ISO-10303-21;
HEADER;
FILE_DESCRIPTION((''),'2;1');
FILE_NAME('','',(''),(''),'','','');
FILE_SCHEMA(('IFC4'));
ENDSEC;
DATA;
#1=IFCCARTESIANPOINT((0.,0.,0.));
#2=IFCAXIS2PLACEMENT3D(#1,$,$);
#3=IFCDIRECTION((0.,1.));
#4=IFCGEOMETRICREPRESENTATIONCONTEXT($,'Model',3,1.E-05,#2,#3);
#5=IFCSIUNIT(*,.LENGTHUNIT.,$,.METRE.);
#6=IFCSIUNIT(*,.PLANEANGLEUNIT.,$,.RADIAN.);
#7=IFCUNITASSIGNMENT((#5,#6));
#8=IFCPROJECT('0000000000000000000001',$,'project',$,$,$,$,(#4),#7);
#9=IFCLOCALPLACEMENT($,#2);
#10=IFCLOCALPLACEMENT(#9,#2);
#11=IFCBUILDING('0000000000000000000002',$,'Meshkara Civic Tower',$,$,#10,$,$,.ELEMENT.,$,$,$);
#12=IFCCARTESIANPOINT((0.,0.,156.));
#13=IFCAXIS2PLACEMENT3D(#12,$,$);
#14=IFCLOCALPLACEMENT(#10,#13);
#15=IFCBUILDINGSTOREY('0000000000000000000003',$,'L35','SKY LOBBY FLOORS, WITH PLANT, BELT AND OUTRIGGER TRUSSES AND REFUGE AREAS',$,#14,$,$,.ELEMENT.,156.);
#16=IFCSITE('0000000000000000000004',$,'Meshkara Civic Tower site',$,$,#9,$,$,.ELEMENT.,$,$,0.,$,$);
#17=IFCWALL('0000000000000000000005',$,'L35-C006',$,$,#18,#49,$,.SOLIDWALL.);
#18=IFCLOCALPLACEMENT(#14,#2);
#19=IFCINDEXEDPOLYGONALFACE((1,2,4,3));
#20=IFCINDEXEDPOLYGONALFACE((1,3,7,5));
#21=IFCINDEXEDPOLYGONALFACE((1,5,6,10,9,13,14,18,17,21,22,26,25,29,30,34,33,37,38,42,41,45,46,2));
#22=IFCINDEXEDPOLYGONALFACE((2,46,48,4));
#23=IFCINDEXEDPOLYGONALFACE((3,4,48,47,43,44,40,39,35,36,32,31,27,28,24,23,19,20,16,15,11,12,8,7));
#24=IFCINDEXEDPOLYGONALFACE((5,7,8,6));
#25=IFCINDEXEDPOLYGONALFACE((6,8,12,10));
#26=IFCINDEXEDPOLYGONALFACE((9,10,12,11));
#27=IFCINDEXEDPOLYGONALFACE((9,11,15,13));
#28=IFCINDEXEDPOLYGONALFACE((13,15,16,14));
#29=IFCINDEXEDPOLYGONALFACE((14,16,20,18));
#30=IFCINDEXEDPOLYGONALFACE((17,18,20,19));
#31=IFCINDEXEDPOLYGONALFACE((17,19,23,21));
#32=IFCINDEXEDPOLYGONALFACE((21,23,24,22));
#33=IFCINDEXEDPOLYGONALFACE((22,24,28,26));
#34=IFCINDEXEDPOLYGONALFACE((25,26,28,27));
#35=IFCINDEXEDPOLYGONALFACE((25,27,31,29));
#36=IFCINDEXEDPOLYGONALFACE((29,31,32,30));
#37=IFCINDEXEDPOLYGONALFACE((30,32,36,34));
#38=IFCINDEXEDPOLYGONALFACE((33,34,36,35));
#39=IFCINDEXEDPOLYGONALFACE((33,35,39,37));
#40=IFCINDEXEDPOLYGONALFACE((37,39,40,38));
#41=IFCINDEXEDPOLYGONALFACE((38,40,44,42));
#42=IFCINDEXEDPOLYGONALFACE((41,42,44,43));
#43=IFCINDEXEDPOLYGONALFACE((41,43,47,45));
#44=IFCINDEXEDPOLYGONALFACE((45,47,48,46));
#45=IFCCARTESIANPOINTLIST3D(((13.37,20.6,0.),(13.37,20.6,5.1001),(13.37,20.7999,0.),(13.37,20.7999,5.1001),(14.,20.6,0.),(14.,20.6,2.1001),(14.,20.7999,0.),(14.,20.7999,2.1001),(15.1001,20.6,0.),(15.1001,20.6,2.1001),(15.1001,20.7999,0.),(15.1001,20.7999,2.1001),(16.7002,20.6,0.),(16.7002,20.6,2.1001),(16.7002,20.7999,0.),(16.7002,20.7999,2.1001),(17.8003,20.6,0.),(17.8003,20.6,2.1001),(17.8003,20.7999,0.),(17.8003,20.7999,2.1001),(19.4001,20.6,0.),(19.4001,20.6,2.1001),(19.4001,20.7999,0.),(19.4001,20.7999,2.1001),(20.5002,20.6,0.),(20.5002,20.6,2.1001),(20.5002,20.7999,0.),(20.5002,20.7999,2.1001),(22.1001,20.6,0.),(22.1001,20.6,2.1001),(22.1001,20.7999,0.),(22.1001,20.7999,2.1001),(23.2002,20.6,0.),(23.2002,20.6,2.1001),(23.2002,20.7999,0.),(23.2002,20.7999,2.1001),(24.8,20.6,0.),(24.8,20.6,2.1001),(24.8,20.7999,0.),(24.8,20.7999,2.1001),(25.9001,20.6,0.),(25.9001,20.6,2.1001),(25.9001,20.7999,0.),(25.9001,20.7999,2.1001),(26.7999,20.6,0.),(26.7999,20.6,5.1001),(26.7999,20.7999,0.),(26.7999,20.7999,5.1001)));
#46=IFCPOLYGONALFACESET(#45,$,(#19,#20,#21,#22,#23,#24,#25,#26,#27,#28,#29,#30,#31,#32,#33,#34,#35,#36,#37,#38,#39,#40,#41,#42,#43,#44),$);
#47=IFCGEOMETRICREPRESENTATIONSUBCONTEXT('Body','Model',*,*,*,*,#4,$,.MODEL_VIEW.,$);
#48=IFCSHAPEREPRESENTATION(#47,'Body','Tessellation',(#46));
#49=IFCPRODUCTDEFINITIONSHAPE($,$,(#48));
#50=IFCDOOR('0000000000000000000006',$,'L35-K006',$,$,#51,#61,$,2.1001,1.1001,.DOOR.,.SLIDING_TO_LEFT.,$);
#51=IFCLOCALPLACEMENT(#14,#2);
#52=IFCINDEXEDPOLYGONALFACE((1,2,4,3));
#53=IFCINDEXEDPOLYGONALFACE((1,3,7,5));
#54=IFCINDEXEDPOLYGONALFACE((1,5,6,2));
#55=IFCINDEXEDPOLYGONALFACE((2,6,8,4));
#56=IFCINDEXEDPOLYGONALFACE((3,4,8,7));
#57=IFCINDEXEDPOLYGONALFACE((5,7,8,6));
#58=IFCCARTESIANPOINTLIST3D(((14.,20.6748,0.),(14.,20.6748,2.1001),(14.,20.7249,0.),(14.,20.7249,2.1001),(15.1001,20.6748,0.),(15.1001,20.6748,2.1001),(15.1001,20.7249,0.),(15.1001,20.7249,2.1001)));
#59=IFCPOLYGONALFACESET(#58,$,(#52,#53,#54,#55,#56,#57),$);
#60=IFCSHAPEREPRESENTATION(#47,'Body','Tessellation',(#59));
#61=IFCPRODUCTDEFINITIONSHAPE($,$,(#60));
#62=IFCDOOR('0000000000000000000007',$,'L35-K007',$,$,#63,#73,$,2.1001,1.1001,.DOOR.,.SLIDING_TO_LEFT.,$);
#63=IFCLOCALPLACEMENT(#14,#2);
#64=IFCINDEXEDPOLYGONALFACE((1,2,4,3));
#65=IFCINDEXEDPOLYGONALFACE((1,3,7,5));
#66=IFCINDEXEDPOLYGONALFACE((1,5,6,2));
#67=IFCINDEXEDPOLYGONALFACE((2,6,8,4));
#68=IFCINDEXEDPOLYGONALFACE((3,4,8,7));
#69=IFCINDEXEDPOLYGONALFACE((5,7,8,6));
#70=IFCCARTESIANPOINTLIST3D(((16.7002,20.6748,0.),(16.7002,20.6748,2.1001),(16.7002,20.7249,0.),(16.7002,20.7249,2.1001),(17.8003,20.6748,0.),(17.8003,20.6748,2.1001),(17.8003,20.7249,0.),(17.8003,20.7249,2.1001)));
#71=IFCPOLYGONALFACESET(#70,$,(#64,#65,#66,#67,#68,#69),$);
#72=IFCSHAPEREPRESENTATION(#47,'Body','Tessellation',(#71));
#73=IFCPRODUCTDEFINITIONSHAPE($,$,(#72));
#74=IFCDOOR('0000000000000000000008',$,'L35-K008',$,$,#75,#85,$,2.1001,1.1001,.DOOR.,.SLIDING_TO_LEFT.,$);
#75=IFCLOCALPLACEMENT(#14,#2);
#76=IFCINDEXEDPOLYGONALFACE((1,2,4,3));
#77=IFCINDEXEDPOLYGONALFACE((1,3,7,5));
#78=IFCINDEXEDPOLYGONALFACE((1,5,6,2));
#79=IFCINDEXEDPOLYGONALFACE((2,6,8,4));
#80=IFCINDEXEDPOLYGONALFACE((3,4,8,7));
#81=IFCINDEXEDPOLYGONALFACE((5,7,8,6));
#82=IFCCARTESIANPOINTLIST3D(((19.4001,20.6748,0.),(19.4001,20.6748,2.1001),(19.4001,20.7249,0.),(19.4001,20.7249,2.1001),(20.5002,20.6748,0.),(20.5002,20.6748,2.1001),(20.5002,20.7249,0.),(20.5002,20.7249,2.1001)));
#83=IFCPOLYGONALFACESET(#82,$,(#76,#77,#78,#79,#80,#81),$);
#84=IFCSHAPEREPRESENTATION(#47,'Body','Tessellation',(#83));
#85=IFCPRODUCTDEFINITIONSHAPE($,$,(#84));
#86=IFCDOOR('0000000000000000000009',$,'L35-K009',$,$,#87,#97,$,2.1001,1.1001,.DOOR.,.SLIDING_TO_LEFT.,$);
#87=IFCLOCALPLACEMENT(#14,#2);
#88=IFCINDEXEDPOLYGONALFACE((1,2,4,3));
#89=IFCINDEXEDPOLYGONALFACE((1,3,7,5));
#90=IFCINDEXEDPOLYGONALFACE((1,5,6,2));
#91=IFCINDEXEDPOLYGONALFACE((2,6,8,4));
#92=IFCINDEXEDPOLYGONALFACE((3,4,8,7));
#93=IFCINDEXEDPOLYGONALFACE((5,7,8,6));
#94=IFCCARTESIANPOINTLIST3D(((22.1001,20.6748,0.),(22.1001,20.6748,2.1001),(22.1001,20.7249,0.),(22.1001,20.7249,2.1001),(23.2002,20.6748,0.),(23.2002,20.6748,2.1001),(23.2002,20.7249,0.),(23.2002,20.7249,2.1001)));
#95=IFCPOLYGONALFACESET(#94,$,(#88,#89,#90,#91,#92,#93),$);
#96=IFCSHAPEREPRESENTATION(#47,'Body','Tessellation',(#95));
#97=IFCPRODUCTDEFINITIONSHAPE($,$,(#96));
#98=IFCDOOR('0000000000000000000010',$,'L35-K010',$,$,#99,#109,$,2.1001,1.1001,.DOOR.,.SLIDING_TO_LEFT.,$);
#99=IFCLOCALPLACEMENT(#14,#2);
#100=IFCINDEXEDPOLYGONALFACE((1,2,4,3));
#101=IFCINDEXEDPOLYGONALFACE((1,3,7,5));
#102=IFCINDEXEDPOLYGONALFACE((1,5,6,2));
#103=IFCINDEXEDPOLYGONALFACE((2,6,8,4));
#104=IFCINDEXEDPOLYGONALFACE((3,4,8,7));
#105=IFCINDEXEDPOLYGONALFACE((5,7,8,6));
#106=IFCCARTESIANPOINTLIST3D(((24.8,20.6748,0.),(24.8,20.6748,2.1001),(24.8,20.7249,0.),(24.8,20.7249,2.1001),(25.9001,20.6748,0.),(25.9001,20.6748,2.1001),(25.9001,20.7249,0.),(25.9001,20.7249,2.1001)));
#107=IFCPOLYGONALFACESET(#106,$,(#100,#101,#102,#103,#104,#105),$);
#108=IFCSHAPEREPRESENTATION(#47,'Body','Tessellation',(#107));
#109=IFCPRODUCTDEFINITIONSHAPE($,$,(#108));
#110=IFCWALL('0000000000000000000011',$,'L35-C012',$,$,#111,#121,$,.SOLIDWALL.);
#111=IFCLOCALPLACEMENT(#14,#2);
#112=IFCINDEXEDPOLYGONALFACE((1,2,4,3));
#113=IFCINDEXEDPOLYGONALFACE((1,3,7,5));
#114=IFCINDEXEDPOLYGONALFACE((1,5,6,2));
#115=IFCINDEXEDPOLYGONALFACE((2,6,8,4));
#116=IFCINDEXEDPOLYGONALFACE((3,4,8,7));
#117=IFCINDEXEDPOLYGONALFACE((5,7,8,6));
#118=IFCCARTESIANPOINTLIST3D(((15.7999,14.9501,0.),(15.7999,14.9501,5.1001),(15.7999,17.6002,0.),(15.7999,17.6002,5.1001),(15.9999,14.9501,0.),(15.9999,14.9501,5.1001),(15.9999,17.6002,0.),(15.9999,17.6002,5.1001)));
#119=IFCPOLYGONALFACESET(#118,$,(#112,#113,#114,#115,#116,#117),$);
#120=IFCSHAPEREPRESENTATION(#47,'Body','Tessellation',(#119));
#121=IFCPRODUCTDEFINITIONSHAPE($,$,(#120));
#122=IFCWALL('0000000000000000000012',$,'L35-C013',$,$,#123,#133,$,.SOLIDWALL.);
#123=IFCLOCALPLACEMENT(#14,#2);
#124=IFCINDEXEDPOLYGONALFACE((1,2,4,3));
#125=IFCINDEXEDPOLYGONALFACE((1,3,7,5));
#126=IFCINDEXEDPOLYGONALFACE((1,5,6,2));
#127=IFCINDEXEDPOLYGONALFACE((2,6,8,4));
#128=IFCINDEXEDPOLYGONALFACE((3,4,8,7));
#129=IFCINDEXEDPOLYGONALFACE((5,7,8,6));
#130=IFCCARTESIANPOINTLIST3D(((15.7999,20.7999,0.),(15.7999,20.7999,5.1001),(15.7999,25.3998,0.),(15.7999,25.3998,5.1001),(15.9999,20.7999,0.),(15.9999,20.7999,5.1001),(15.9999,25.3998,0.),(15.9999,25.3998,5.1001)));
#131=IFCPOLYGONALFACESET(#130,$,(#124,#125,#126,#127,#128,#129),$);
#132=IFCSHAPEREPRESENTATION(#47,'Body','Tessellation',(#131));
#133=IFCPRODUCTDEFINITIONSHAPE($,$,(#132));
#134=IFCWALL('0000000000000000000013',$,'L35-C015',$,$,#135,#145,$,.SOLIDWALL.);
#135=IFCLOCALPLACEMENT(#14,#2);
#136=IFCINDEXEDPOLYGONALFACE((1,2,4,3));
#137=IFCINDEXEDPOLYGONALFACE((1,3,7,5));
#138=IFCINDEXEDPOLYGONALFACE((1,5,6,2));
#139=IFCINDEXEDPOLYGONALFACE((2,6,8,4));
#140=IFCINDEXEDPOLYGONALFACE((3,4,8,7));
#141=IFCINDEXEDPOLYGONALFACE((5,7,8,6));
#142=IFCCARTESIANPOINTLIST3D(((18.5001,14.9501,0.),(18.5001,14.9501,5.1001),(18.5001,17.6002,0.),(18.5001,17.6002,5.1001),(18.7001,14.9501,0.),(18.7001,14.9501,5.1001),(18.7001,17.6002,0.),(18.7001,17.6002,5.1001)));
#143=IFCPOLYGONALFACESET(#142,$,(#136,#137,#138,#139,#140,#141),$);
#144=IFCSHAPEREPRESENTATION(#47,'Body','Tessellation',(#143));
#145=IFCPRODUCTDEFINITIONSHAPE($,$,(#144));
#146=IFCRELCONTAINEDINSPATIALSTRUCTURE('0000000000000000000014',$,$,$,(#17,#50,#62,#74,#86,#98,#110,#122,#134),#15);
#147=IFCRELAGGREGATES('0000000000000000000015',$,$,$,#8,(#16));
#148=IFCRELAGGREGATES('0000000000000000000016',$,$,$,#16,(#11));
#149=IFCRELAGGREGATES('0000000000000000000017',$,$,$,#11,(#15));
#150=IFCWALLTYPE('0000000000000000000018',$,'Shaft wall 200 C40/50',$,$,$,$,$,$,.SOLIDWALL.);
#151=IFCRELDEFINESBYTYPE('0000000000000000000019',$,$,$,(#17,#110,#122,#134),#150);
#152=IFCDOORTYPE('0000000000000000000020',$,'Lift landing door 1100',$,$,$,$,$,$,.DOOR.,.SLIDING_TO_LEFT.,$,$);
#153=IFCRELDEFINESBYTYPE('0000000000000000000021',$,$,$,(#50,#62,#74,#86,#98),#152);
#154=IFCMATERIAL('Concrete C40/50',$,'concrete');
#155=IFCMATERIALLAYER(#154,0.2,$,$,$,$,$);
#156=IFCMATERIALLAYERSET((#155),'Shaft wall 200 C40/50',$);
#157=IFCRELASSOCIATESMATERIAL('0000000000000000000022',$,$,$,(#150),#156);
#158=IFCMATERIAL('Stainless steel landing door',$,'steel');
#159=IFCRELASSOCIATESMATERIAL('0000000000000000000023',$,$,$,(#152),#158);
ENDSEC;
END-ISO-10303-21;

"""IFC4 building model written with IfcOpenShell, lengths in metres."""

from ifc_helpers import new_model, si_unit, direction, frame, frame_2d, origin, place, context, subcontext, project, spatial, rectangle, extrude, material, layer, layer_set, type_object, element, fill, save


model = new_model("IFC4")

# Units and contexts
model_context = context("Model", 3, precision=1e-05, world=origin(), true_north=direction((0.0, 1.0)))
body_context = subcontext(model_context, "Body", "Model", "MODEL_VIEW")
ifc_project = project(units=[si_unit("LENGTHUNIT", "METRE"), si_unit("PLANEANGLEUNIT", "RADIAN")], contexts=[model_context])

# Site, building, storey
site_placement = place(None, origin())
site = spatial("IfcSite", under=ifc_project, at=site_placement, Name="Meshkara Civic Tower site", CompositionType="ELEMENT", RefElevation=0.0)
building_placement = place(site_placement, origin())
building = spatial("IfcBuilding", under=site, at=building_placement, Name="Meshkara Civic Tower", CompositionType="ELEMENT")
storey_placement = place(building_placement, frame((0.0, 0.0, 156.0)))
storey = spatial("IfcBuildingStorey", under=building, at=storey_placement, Name="L35", Description="SKY LOBBY FLOORS, WITH PLANT, BELT AND OUTRIGGER TRUSSES AND REFUGE AREAS", CompositionType="ELEMENT", Elevation=156.0)

# Wall, openings, doors
ifc_material_1 = material(Name="Concrete C40/50", Category="concrete")
ifc_layer_1 = layer(ifc_material_1, 0.2)
ifc_layer_set_1 = layer_set([ifc_layer_1], Name="Shaft wall 200 C40/50")
wall_type_1 = type_object("IfcWallType", Name="Shaft wall 200 C40/50", PredefinedType="SOLIDWALL", material=ifc_layer_set_1)
ifc_material_2 = material(Name="Stainless steel landing door", Category="steel")
door_type_1 = type_object("IfcDoorType", Name="Lift landing door 1100", OperationType="SLIDING_TO_LEFT", PredefinedType="DOOR", material=ifc_material_2)
wall_1_placement = place(storey_placement, frame((13.3701, 20.7, 0.0), z_axis=(0.0, 0.0, 1.0), x_axis=(1.0, 0.0, 0.0)))
wall_1 = element("IfcWall", 1, at=wall_1_placement, inside=storey, type_object=wall_type_1, Name="L35-C006", PredefinedType="SOLIDWALL", context=body_context, shape_type="SweptSolid", body=[
    extrude(rectangle(XDim=13.4299, YDim=0.2, at=frame_2d((6.7148, 0.0))), origin(), (0.0, 0.0, 1.0), 5.1001),
])
opening_1_placement = place(wall_1_placement, frame((0.6299, 0.0, 0.0)))
opening_1 = element("IfcOpeningElement", 2, at=opening_1_placement, cuts=wall_1, PredefinedType="OPENING", context=body_context, shape_type="SweptSolid", body=[
    extrude(rectangle(XDim=1.1001, YDim=2.1001, at=frame_2d((0.55, 1.05))), frame((0.0, 0.1099, 0.0), z_axis=(0.0, -1.0, 0.0), x_axis=(1.0, 0.0, 0.0)), (0.0, 0.0, 1.0), 0.22),
])
opening_2_placement = place(wall_1_placement, frame((3.3301, 0.0, 0.0)))
opening_2 = element("IfcOpeningElement", 3, at=opening_2_placement, cuts=wall_1, PredefinedType="OPENING", context=body_context, shape_type="SweptSolid", body=[
    extrude(rectangle(XDim=1.1001, YDim=2.1001, at=frame_2d((0.55, 1.05))), frame((0.0, 0.1099, 0.0), z_axis=(0.0, -1.0, 0.0), x_axis=(1.0, 0.0, 0.0)), (0.0, 0.0, 1.0), 0.22),
])
opening_3_placement = place(wall_1_placement, frame((6.03, 0.0, 0.0)))
opening_3 = element("IfcOpeningElement", 4, at=opening_3_placement, cuts=wall_1, PredefinedType="OPENING", context=body_context, shape_type="SweptSolid", body=[
    extrude(rectangle(XDim=1.1001, YDim=2.1001, at=frame_2d((0.55, 1.05))), frame((0.0, 0.1099, 0.0), z_axis=(0.0, -1.0, 0.0), x_axis=(1.0, 0.0, 0.0)), (0.0, 0.0, 1.0), 0.22),
])
opening_4_placement = place(wall_1_placement, frame((8.73, 0.0, 0.0)))
opening_4 = element("IfcOpeningElement", 5, at=opening_4_placement, cuts=wall_1, PredefinedType="OPENING", context=body_context, shape_type="SweptSolid", body=[
    extrude(rectangle(XDim=1.1001, YDim=2.1001, at=frame_2d((0.55, 1.05))), frame((0.0, 0.1099, 0.0), z_axis=(0.0, -1.0, 0.0), x_axis=(1.0, 0.0, 0.0)), (0.0, 0.0, 1.0), 0.22),
])
opening_5_placement = place(wall_1_placement, frame((11.4299, 0.0, 0.0)))
opening_5 = element("IfcOpeningElement", 6, at=opening_5_placement, cuts=wall_1, PredefinedType="OPENING", context=body_context, shape_type="SweptSolid", body=[
    extrude(rectangle(XDim=1.1001, YDim=2.1001, at=frame_2d((0.55, 1.05))), frame((0.0, 0.1099, 0.0), z_axis=(0.0, -1.0, 0.0), x_axis=(1.0, 0.0, 0.0)), (0.0, 0.0, 1.0), 0.22),
])
door_1_placement = place(opening_1_placement, origin())
door_1 = element("IfcDoor", 7, at=door_1_placement, inside=storey, type_object=door_type_1, Name="L35-K006", OperationType="SLIDING_TO_LEFT", OverallHeight=2.1001, OverallWidth=1.1001, PredefinedType="DOOR", context=body_context, shape_type="SweptSolid", body=[
    extrude(rectangle(XDim=1.1001, YDim=2.1001, at=frame_2d((0.55, 1.05))), frame((0.0, 0.0249, 0.0), z_axis=(0.0, -1.0, 0.0), x_axis=(1.0, 0.0, 0.0)), (0.0, 0.0, 1.0), 0.05),
])
fill(opening_1, door_1)
door_2_placement = place(opening_2_placement, origin())
door_2 = element("IfcDoor", 8, at=door_2_placement, inside=storey, type_object=door_type_1, Name="L35-K007", OperationType="SLIDING_TO_LEFT", OverallHeight=2.1001, OverallWidth=1.1001, PredefinedType="DOOR", context=body_context, shape_type="SweptSolid", body=[
    extrude(rectangle(XDim=1.1001, YDim=2.1001, at=frame_2d((0.55, 1.05))), frame((0.0, 0.0249, 0.0), z_axis=(0.0, -1.0, 0.0), x_axis=(1.0, 0.0, 0.0)), (0.0, 0.0, 1.0), 0.05),
])
fill(opening_2, door_2)
door_3_placement = place(opening_3_placement, origin())
door_3 = element("IfcDoor", 9, at=door_3_placement, inside=storey, type_object=door_type_1, Name="L35-K008", OperationType="SLIDING_TO_LEFT", OverallHeight=2.1001, OverallWidth=1.1001, PredefinedType="DOOR", context=body_context, shape_type="SweptSolid", body=[
    extrude(rectangle(XDim=1.1001, YDim=2.1001, at=frame_2d((0.55, 1.05))), frame((0.0, 0.0249, 0.0), z_axis=(0.0, -1.0, 0.0), x_axis=(1.0, 0.0, 0.0)), (0.0, 0.0, 1.0), 0.05),
])
fill(opening_3, door_3)
door_4_placement = place(opening_4_placement, origin())
door_4 = element("IfcDoor", 10, at=door_4_placement, inside=storey, type_object=door_type_1, Name="L35-K009", OperationType="SLIDING_TO_LEFT", OverallHeight=2.1001, OverallWidth=1.1001, PredefinedType="DOOR", context=body_context, shape_type="SweptSolid", body=[
    extrude(rectangle(XDim=1.1001, YDim=2.1001, at=frame_2d((0.55, 1.05))), frame((0.0, 0.0249, 0.0), z_axis=(0.0, -1.0, 0.0), x_axis=(1.0, 0.0, 0.0)), (0.0, 0.0, 1.0), 0.05),
])
fill(opening_4, door_4)
door_5_placement = place(opening_5_placement, origin())
door_5 = element("IfcDoor", 11, at=door_5_placement, inside=storey, type_object=door_type_1, Name="L35-K010", OperationType="SLIDING_TO_LEFT", OverallHeight=2.1001, OverallWidth=1.1001, PredefinedType="DOOR", context=body_context, shape_type="SweptSolid", body=[
    extrude(rectangle(XDim=1.1001, YDim=2.1001, at=frame_2d((0.55, 1.05))), frame((0.0, 0.0249, 0.0), z_axis=(0.0, -1.0, 0.0), x_axis=(1.0, 0.0, 0.0)), (0.0, 0.0, 1.0), 0.05),
])
fill(opening_5, door_5)

# Walls
wall_2_placement = place(storey_placement, frame((15.8999, 14.95, 0.0), z_axis=(0.0, 0.0, 1.0), x_axis=(0.0, 1.0, 0.0)))
element("IfcWall", 12, at=wall_2_placement, inside=storey, type_object=wall_type_1, Name="L35-C012", PredefinedType="SOLIDWALL", context=body_context, shape_type="SweptSolid", body=[
    extrude(rectangle(XDim=2.6501, YDim=0.2, at=frame_2d((1.3252, 0.0))), origin(), (0.0, 0.0, 1.0), 5.1001),
])
wall_3_placement = place(storey_placement, frame((15.8999, 20.8, 0.0), z_axis=(0.0, 0.0, 1.0), x_axis=(0.0, 1.0, 0.0)))
element("IfcWall", 13, at=wall_3_placement, inside=storey, type_object=wall_type_1, Name="L35-C013", PredefinedType="SOLIDWALL", context=body_context, shape_type="SweptSolid", body=[
    extrude(rectangle(XDim=4.5999, YDim=0.2, at=frame_2d((2.2998, 0.0))), origin(), (0.0, 0.0, 1.0), 5.1001),
])
wall_4_placement = place(storey_placement, frame((18.6001, 14.95, 0.0), z_axis=(0.0, 0.0, 1.0), x_axis=(0.0, 1.0, 0.0)))
element("IfcWall", 14, at=wall_4_placement, inside=storey, type_object=wall_type_1, Name="L35-C015", PredefinedType="SOLIDWALL", context=body_context, shape_type="SweptSolid", body=[
    extrude(rectangle(XDim=2.6501, YDim=0.2, at=frame_2d((1.3252, 0.0))), origin(), (0.0, 0.0, 1.0), 5.1001),
])

save(model, "model.ifc")
